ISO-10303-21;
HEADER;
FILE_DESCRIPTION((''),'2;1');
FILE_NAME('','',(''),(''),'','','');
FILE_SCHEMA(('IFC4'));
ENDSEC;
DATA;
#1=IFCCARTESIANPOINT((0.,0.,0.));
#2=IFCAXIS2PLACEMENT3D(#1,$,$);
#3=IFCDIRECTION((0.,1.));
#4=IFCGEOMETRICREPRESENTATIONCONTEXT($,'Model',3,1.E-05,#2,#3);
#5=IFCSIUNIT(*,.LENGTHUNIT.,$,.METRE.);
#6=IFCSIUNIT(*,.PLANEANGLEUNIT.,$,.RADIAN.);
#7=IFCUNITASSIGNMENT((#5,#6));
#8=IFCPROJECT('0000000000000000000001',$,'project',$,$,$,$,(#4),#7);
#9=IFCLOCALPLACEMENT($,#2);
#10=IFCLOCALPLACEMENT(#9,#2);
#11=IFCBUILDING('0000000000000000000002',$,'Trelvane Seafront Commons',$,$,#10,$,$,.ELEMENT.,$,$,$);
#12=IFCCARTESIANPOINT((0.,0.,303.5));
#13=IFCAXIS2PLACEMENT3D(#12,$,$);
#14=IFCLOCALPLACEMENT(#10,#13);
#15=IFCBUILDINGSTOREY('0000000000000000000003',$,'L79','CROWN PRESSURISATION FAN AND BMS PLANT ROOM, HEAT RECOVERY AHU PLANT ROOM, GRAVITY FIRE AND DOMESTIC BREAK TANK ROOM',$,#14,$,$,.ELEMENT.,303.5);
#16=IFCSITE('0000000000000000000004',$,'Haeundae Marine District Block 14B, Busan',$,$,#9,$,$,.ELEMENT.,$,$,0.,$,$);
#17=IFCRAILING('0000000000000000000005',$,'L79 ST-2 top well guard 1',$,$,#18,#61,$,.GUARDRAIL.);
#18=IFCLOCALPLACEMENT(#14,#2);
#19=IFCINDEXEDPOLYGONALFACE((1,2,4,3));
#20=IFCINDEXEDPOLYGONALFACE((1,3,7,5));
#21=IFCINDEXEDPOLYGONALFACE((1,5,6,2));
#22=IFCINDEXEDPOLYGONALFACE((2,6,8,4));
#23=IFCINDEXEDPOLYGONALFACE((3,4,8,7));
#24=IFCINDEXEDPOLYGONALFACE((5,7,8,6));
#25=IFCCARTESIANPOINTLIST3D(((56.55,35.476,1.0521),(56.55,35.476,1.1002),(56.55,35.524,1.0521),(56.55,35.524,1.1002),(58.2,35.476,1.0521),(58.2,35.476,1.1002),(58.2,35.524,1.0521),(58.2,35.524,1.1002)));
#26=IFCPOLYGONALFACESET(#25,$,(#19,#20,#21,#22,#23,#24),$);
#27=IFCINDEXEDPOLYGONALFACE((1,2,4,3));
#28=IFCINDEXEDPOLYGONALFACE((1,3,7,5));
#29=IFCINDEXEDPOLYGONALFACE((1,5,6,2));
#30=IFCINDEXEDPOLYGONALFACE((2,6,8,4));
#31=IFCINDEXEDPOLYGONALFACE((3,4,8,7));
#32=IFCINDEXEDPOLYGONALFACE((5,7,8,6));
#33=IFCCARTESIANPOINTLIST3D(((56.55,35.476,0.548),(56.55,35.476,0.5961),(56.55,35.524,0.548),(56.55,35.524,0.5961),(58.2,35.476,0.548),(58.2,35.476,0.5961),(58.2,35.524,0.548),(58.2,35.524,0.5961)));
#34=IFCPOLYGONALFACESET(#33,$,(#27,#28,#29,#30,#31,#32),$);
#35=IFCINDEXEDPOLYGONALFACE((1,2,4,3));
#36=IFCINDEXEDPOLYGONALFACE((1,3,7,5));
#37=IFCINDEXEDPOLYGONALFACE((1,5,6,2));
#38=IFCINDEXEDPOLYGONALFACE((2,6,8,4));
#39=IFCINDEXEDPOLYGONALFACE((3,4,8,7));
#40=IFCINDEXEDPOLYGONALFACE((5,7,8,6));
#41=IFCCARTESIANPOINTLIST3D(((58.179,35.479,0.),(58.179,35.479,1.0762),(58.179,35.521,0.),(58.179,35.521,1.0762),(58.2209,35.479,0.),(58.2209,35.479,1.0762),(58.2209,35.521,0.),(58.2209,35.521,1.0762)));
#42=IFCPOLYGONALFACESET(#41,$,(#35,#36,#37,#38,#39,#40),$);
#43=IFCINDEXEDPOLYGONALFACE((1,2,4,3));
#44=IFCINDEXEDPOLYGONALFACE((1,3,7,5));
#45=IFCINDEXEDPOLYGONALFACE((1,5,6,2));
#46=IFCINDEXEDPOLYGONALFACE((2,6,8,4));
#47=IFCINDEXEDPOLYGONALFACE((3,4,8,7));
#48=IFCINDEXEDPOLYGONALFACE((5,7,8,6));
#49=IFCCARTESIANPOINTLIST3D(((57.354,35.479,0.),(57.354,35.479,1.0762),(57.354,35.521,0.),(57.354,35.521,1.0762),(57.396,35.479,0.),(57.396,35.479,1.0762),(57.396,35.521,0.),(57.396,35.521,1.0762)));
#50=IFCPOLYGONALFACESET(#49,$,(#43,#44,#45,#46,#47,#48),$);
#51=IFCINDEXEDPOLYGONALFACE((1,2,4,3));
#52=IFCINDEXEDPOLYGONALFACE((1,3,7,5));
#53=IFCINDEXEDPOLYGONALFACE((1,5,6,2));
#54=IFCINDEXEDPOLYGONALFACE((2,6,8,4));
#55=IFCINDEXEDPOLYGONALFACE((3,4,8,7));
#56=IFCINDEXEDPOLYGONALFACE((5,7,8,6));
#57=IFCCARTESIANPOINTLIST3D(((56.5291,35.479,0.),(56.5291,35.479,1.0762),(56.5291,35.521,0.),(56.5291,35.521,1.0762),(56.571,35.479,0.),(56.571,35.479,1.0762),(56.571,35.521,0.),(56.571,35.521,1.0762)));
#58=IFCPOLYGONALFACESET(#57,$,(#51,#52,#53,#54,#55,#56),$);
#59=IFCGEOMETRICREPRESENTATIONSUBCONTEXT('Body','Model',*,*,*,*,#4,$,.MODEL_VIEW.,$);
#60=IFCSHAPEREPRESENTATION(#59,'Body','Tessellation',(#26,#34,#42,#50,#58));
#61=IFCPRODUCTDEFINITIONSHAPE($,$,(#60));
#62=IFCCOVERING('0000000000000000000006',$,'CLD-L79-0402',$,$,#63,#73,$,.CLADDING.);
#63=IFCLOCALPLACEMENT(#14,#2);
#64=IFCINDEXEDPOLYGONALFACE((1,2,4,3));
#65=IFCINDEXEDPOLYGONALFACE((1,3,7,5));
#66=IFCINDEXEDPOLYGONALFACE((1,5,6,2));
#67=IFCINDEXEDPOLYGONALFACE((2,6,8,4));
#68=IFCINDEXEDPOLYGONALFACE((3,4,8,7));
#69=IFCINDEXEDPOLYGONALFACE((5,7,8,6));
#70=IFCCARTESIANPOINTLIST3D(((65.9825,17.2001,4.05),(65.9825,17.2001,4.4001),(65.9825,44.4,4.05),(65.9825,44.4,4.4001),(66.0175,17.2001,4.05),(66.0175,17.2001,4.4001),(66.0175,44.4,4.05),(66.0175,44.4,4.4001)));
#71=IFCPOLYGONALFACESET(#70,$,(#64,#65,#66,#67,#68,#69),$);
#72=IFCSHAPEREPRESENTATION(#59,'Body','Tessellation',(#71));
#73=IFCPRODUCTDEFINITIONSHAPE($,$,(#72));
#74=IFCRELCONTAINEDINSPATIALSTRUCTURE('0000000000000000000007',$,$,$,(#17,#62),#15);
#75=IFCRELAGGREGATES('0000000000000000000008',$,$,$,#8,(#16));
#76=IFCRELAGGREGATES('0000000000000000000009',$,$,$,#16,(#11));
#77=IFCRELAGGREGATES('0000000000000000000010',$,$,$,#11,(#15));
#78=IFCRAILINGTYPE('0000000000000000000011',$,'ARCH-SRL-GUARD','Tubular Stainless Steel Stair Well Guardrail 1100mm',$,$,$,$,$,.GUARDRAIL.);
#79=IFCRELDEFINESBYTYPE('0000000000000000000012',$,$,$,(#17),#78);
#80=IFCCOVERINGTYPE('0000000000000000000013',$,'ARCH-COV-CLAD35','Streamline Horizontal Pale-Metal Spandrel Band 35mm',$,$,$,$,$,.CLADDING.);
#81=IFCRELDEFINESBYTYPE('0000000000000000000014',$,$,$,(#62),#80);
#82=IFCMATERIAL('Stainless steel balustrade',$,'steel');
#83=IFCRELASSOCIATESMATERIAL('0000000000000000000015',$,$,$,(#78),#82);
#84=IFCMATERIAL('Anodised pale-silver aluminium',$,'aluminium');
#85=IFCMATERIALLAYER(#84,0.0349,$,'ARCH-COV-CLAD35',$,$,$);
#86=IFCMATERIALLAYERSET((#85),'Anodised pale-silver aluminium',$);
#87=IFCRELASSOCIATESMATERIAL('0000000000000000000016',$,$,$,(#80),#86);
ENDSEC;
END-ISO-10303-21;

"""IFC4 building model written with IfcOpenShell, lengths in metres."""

from ifc_helpers import new_model, si_unit, direction, frame, origin, origin_2d, place, context, subcontext, project, spatial, rectangle, extrude, source, transform, mapped, material, layer, layer_set, type_object, element, save


model = new_model("IFC4")

# Units and contexts
model_context = context("Model", 3, precision=1e-05, world=origin(), true_north=direction((0.0, 1.0)))
body_context = subcontext(model_context, "Body", "Model", "MODEL_VIEW")
ifc_project = project(units=[si_unit("LENGTHUNIT", "METRE"), si_unit("PLANEANGLEUNIT", "RADIAN")], contexts=[model_context])

# Site, building, storey
site_placement = place(None, origin())
site = spatial("IfcSite", under=ifc_project, at=site_placement, Name="Haeundae Marine District Block 14B, Busan", CompositionType="ELEMENT", RefElevation=0.0)
building_placement = place(site_placement, origin())
building = spatial("IfcBuilding", under=site, at=building_placement, Name="Trelvane Seafront Commons", CompositionType="ELEMENT")
storey_placement = place(building_placement, frame((0.0, 0.0, 303.5)))
storey = spatial("IfcBuildingStorey", under=building, at=storey_placement, Name="L79", Description="CROWN PRESSURISATION FAN AND BMS PLANT ROOM, HEAT RECOVERY AHU PLANT ROOM, GRAVITY FIRE AND DOMESTIC BREAK TANK ROOM", CompositionType="ELEMENT", Elevation=303.5)

# Shared definitions
ifc_material_1 = material(Name="Anodised pale-silver aluminium", Category="aluminium")

# Railing
ifc_material_2 = material(Name="Stainless steel balustrade", Category="steel")
railing_type = type_object("IfcRailingType", Name="ARCH-SRL-GUARD", Description="Tubular Stainless Steel Stair Well Guardrail 1100mm", PredefinedType="GUARDRAIL", material=ifc_material_2)
railing_placement = place(storey_placement, frame((58.2, 35.5, 0.0)))
element("IfcRailing", 1, at=railing_placement, inside=storey, type_object=railing_type, Name="L79 ST-2 top well guard 1", PredefinedType="GUARDRAIL", context=body_context, shape_type="SweptSolid", body=[
    extrude(rectangle(XDim=0.0481, YDim=0.0481, at=origin_2d()), frame((0.0, 0.0, 1.0762), z_axis=(-1.0, 0.0, 0.0), x_axis=(0.0, -1.0, 0.0)), (0.0, 0.0, 1.0), 1.6499),
    extrude(rectangle(XDim=0.0481, YDim=0.0481, at=origin_2d()), frame((0.0, 0.0, 0.572), z_axis=(-1.0, 0.0, 0.0), x_axis=(0.0, -1.0, 0.0)), (0.0, 0.0, 1.0), 1.6499),
    extrude(rectangle(XDim=0.042, YDim=0.042, at=origin_2d()), origin(), (0.0, 0.0, 1.0), 1.0762),
    extrude(rectangle(XDim=0.042, YDim=0.042, at=origin_2d()), frame((-0.825, 0.0, 0.0)), (0.0, 0.0, 1.0), 1.0762),
    extrude(rectangle(XDim=0.042, YDim=0.042, at=origin_2d()), frame((-1.6499, 0.0, 0.0)), (0.0, 0.0, 1.0), 1.0762),
])

# Covering
ifc_layer_1 = layer(ifc_material_1, 0.0349, Name="ARCH-COV-CLAD35")
ifc_layer_set_1 = layer_set([ifc_layer_1], Name="Anodised pale-silver aluminium")
covering_type = type_object("IfcCoveringType", Name="ARCH-COV-CLAD35", Description="Streamline Horizontal Pale-Metal Spandrel Band 35mm", PredefinedType="CLADDING", material=ifc_layer_set_1)
shared_shape_1 = source(origin(), body_context, "Body", "SweptSolid", [
    extrude(rectangle(XDim=27.2, YDim=0.0349, at=origin_2d()), origin(), (0.0, 0.0, 1.0), 0.3501),
])
covering_placement = place(storey_placement, frame((66.0, 30.8, 4.05), z_axis=(0.0, 0.0, 1.0), x_axis=(0.0, -1.0, 0.0)))
element("IfcCovering", 2, at=covering_placement, inside=storey, type_object=covering_type, Name="CLD-L79-0402", PredefinedType="CLADDING", context=body_context, shape_type="MappedRepresentation", body=[
    mapped(shared_shape_1, transform((0.0, 0.0, 0.0), x_axis=(1.0, 0.0, 0.0), y_axis=(0.0, 1.0, 0.0), z_axis=(0.0, 0.0, 1.0), scale=1.0)),
])

save(model, "model.ifc")
